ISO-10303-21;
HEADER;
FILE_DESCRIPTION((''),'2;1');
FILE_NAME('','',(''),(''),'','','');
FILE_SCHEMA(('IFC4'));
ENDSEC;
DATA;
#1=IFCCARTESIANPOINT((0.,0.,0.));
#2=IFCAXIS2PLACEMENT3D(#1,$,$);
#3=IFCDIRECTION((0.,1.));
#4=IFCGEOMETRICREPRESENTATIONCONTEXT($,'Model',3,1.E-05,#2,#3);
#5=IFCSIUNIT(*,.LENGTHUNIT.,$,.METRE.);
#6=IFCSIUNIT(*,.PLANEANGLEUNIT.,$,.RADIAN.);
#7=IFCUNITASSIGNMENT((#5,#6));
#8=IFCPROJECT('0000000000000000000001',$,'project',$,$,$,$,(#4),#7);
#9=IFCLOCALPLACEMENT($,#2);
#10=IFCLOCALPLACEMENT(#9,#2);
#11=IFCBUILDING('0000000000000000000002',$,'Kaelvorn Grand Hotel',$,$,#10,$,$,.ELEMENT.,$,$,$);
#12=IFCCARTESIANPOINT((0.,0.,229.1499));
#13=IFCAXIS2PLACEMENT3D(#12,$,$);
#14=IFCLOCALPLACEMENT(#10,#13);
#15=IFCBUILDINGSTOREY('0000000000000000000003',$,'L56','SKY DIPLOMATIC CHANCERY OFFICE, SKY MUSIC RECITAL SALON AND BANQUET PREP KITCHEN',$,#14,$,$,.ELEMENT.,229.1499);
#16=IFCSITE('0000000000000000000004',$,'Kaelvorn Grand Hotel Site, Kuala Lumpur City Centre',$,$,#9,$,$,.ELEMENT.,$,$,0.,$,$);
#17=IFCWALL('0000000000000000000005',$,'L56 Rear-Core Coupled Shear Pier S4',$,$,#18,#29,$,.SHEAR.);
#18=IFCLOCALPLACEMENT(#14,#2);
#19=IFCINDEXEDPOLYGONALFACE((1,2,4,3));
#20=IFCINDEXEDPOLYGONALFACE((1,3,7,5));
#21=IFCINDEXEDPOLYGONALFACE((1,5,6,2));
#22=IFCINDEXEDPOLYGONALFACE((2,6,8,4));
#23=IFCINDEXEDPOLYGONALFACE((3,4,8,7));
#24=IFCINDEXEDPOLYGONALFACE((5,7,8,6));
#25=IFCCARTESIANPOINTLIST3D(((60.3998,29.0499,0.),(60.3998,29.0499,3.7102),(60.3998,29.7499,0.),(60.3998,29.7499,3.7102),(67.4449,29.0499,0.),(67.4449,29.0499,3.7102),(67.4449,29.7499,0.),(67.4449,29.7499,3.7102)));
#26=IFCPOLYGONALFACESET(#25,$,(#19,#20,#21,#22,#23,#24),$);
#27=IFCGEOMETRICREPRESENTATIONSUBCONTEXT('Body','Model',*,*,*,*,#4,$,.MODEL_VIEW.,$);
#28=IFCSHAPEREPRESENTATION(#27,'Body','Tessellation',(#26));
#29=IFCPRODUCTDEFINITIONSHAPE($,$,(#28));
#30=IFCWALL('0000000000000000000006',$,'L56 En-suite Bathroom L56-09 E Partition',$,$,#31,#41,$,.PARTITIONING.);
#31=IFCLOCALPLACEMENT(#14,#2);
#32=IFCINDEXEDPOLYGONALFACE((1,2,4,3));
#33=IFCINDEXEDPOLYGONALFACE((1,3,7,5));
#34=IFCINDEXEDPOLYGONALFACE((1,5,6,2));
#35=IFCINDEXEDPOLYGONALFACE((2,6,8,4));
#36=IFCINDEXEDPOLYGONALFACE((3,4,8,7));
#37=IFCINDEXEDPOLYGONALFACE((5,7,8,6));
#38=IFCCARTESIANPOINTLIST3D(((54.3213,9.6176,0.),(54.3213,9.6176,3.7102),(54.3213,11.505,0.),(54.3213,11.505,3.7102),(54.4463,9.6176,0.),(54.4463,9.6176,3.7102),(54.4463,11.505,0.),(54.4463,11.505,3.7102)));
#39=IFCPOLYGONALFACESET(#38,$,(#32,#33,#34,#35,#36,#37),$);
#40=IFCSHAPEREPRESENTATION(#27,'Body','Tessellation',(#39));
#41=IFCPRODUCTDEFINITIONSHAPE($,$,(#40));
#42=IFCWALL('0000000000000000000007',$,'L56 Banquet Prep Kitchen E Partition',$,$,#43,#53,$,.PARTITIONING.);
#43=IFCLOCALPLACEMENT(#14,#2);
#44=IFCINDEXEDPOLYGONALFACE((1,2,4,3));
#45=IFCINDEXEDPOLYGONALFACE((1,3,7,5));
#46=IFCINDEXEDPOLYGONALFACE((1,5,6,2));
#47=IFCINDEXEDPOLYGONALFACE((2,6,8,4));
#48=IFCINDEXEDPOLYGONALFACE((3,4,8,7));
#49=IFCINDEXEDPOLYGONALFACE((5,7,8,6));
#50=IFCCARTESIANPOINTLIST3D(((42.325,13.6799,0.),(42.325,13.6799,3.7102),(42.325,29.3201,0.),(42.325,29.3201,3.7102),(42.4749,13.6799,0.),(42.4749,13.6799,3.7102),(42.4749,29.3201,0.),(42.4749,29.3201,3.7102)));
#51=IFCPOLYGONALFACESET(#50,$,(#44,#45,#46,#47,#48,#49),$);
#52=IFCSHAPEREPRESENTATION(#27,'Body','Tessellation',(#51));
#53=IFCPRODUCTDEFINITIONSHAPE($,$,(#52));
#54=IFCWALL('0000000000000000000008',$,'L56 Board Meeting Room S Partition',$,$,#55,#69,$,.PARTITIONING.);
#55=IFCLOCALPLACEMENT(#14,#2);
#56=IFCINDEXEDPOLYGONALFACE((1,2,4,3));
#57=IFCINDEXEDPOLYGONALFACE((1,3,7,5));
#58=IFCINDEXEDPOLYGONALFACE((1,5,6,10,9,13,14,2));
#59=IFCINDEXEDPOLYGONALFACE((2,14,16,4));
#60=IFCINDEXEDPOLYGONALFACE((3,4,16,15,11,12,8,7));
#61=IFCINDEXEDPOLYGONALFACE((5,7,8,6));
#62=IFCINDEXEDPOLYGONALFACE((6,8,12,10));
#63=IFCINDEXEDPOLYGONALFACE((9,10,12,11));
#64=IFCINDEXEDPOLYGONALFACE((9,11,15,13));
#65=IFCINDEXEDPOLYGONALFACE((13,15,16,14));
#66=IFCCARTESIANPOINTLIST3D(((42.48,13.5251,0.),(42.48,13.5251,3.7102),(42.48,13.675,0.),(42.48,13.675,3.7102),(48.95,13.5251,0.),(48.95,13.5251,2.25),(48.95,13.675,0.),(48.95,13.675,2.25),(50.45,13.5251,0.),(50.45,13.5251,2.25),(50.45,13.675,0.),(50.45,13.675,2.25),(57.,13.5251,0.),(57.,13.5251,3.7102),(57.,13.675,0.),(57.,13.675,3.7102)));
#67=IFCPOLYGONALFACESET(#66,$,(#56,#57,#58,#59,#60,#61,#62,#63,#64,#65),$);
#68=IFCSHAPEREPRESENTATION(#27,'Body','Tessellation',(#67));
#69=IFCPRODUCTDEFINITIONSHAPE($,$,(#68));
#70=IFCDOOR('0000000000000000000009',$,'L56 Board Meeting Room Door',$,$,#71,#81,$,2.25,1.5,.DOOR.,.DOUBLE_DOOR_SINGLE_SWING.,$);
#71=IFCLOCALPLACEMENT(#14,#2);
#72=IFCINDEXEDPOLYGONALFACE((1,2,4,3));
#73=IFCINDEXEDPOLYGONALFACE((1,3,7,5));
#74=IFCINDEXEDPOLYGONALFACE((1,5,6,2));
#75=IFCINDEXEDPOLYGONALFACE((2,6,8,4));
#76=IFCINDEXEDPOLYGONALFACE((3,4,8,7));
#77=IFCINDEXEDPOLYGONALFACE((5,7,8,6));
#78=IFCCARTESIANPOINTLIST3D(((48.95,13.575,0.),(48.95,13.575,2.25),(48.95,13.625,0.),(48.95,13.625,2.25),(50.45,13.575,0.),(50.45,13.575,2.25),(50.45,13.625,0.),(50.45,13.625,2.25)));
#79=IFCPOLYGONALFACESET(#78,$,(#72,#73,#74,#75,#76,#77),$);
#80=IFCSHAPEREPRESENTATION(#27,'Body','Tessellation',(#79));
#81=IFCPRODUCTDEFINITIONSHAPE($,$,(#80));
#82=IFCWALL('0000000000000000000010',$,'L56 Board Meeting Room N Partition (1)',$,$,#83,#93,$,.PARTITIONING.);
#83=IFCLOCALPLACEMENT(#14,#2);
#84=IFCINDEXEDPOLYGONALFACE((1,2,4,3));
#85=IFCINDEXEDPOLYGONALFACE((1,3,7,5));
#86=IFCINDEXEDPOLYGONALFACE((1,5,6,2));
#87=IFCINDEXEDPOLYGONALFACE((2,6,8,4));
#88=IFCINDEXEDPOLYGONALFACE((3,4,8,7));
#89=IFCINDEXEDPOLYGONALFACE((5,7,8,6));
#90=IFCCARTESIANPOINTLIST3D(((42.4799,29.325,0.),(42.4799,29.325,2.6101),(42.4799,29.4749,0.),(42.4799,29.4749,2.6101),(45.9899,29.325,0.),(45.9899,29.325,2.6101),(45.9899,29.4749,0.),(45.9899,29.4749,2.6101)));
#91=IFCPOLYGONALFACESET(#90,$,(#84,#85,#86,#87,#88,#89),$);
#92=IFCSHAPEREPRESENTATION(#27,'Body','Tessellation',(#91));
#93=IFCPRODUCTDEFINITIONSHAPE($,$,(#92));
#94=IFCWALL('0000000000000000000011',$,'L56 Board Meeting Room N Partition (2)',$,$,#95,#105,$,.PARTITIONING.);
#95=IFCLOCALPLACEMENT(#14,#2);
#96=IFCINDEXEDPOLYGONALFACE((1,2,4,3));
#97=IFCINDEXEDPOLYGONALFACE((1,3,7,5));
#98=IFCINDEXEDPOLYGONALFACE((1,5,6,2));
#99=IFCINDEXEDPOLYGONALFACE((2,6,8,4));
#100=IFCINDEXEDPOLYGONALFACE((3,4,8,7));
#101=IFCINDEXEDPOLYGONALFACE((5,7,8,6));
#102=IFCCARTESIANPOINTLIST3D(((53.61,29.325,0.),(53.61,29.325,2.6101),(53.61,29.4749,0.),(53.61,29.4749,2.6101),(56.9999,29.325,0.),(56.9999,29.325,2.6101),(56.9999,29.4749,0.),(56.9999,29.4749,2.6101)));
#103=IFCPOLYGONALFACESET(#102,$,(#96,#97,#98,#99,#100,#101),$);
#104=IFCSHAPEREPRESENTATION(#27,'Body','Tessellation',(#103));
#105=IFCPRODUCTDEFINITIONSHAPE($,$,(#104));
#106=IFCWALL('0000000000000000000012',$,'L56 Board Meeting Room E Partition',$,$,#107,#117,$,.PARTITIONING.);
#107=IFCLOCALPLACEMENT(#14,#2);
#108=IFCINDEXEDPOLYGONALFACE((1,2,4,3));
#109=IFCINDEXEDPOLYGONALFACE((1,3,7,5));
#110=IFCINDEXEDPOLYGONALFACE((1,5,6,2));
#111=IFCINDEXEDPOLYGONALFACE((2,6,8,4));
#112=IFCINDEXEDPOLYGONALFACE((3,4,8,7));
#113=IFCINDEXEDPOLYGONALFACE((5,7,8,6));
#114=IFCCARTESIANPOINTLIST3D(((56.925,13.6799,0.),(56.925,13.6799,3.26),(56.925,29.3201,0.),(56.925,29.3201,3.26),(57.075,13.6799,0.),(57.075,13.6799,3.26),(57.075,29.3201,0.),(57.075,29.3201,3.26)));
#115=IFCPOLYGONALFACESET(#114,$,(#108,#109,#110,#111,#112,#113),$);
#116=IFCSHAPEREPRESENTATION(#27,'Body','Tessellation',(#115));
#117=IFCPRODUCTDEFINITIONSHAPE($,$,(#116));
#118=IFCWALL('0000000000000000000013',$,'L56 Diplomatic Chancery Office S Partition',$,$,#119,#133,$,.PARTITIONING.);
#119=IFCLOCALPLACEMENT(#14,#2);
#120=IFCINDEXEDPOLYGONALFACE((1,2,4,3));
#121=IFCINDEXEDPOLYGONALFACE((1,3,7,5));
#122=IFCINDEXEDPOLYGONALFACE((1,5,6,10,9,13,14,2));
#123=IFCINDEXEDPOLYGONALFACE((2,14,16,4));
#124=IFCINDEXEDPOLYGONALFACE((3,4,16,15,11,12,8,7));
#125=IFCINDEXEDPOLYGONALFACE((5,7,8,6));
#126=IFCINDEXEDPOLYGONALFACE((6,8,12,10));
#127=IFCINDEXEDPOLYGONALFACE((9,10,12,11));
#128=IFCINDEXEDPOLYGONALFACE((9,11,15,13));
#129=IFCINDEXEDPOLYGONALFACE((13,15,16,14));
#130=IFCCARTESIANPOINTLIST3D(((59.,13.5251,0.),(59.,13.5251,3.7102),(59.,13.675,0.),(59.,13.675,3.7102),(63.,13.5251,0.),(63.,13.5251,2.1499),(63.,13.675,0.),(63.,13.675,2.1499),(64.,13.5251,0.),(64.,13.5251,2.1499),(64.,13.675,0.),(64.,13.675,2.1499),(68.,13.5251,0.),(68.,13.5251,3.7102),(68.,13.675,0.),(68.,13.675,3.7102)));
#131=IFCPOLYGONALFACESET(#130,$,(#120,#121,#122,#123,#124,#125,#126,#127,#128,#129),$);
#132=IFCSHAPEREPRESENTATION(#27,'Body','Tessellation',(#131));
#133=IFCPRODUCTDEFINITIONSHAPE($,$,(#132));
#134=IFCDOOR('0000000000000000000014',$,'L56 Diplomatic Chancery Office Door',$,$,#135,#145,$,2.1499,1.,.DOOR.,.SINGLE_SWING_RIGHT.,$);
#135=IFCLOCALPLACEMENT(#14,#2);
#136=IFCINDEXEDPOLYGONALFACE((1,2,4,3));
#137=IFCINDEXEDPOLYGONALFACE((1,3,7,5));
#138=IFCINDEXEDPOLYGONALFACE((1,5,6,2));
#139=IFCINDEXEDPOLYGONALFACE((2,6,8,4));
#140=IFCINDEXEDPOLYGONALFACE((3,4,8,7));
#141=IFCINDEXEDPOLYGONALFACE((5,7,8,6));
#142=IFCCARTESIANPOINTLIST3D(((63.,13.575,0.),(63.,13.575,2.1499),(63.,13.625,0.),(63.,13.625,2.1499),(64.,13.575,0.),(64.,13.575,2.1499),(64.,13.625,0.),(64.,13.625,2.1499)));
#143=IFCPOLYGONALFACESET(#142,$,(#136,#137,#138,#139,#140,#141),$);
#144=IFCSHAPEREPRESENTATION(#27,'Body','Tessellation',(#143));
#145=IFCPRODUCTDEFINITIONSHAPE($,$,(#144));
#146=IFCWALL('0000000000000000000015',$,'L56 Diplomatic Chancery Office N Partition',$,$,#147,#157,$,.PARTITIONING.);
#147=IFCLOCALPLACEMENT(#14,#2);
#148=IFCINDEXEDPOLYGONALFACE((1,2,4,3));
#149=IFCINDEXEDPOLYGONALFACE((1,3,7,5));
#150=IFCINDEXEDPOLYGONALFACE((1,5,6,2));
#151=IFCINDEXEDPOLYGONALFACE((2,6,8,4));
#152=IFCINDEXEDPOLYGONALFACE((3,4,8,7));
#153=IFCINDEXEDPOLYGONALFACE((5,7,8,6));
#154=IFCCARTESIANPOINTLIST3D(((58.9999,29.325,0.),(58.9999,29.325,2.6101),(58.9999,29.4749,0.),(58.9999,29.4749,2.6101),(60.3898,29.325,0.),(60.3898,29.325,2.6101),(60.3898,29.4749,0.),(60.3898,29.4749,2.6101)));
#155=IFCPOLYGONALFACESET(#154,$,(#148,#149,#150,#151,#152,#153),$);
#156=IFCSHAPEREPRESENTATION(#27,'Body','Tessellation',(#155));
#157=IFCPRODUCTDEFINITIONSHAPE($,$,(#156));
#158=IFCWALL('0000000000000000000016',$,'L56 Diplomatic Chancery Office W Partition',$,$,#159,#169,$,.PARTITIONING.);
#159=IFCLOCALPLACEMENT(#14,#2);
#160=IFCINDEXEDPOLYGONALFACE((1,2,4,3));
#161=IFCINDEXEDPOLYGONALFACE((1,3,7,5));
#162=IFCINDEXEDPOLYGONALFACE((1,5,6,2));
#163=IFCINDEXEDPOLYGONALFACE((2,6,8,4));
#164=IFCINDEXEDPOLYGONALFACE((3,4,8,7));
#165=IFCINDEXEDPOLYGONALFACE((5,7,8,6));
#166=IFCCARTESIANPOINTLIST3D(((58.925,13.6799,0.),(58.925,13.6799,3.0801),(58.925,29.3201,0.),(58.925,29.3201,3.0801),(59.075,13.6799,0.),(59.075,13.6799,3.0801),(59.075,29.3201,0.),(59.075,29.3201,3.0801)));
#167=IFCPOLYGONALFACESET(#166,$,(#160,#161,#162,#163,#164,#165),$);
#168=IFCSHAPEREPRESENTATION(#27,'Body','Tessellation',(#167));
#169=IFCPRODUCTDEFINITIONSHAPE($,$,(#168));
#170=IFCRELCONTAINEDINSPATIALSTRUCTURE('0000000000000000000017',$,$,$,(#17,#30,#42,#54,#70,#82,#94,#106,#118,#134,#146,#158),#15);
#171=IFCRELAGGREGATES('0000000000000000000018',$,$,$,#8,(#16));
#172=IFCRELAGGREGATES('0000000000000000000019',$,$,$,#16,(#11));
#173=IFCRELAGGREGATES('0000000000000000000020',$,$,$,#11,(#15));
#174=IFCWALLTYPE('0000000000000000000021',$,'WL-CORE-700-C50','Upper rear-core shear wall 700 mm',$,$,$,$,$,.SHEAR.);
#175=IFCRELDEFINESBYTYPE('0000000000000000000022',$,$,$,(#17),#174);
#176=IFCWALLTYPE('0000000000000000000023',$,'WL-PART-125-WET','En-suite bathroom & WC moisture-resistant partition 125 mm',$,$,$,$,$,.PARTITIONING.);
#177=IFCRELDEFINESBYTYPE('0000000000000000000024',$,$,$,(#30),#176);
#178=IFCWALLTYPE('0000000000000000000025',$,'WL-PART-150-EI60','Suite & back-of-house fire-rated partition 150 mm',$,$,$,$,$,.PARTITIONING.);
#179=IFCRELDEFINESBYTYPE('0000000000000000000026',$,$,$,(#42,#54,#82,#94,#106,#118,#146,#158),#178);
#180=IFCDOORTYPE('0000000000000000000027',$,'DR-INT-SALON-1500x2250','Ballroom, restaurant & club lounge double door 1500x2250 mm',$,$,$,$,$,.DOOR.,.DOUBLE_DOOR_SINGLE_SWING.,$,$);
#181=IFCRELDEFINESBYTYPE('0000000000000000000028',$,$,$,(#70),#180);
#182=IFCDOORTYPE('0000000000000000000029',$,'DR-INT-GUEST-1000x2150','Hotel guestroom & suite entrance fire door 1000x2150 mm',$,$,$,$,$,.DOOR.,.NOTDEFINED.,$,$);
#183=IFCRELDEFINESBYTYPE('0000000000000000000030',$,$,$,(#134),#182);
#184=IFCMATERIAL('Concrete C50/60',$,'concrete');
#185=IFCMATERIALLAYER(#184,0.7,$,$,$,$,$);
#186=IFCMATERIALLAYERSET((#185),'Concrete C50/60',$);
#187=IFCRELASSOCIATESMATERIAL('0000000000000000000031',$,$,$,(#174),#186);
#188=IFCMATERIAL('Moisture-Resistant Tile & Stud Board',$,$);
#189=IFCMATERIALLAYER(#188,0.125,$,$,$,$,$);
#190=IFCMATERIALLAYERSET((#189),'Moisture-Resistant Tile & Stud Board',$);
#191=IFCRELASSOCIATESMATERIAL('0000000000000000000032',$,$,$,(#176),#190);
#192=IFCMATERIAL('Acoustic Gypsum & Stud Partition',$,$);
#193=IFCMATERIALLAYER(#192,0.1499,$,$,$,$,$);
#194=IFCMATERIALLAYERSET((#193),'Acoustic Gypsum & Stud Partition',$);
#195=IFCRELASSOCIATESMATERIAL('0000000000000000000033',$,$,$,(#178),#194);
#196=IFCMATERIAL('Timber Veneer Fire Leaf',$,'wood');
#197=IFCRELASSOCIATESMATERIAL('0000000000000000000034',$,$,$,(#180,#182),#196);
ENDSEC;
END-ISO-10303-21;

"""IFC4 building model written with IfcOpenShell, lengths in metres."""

from ifc_helpers import new_model, si_unit, direction, frame, frame_2d, origin, place, context, subcontext, project, spatial, rectangle, extrude, material, layer, layer_set, type_object, element, fill, save


model = new_model("IFC4")

# Units and contexts
model_context = context("Model", 3, precision=1e-05, world=origin(), true_north=direction((0.0, 1.0)))
body_context = subcontext(model_context, "Body", "Model", "MODEL_VIEW")
ifc_project = project(units=[si_unit("LENGTHUNIT", "METRE"), si_unit("PLANEANGLEUNIT", "RADIAN")], contexts=[model_context])

# Site, building, storey
site_placement = place(None, origin())
site = spatial("IfcSite", under=ifc_project, at=site_placement, Name="Kaelvorn Grand Hotel Site, Kuala Lumpur City Centre", CompositionType="ELEMENT", RefElevation=0.0)
building_placement = place(site_placement, origin())
building = spatial("IfcBuilding", under=site, at=building_placement, Name="Kaelvorn Grand Hotel", CompositionType="ELEMENT")
storey_placement = place(building_placement, frame((0.0, 0.0, 229.1499)))
storey = spatial("IfcBuildingStorey", under=building, at=storey_placement, Name="L56", Description="SKY DIPLOMATIC CHANCERY OFFICE, SKY MUSIC RECITAL SALON AND BANQUET PREP KITCHEN", CompositionType="ELEMENT", Elevation=229.1499)

# Shared definitions
ifc_material_1 = material(Name="Concrete C50/60", Category="concrete")

# Walls
ifc_layer_1 = layer(ifc_material_1, 0.7)
ifc_layer_set_1 = layer_set([ifc_layer_1], Name="Concrete C50/60")
wall_type_1 = type_object("IfcWallType", Name="WL-CORE-700-C50", Description="Upper rear-core shear wall 700 mm", PredefinedType="SHEAR", material=ifc_layer_set_1)
wall_1_placement = place(storey_placement, frame((60.3999, 29.3999, 0.0), z_axis=(0.0, 0.0, 1.0), x_axis=(1.0, 0.0, 0.0)))
element("IfcWall", 1, at=wall_1_placement, inside=storey, type_object=wall_type_1, Name="L56 Rear-Core Coupled Shear Pier S4", PredefinedType="SHEAR", context=body_context, shape_type="SweptSolid", body=[
    extrude(rectangle(XDim=7.0452, YDim=0.7, at=frame_2d((3.5225, 0.0))), origin(), (0.0, 0.0, 1.0), 3.7102),
])
ifc_material_2 = material(Name="Moisture-Resistant Tile & Stud Board")
ifc_layer_2 = layer(ifc_material_2, 0.125)
ifc_layer_set_2 = layer_set([ifc_layer_2], Name="Moisture-Resistant Tile & Stud Board")
wall_type_2 = type_object("IfcWallType", Name="WL-PART-125-WET", Description="En-suite bathroom & WC moisture-resistant partition 125 mm", PredefinedType="PARTITIONING", material=ifc_layer_set_2)
wall_2_placement = place(storey_placement, frame((54.3838, 9.6174, 0.0), z_axis=(0.0, 0.0, 1.0), x_axis=(0.0, 1.0, 0.0)))
element("IfcWall", 2, at=wall_2_placement, inside=storey, type_object=wall_type_2, Name="L56 En-suite Bathroom L56-09 E Partition", PredefinedType="PARTITIONING", context=body_context, shape_type="SweptSolid", body=[
    extrude(rectangle(XDim=1.8875, YDim=0.125, at=frame_2d((0.9438, 0.0))), origin(), (0.0, 0.0, 1.0), 3.7102),
])
ifc_material_3 = material(Name="Acoustic Gypsum & Stud Partition")
ifc_layer_3 = layer(ifc_material_3, 0.1499)
ifc_layer_set_3 = layer_set([ifc_layer_3], Name="Acoustic Gypsum & Stud Partition")
wall_type_3 = type_object("IfcWallType", Name="WL-PART-150-EI60", Description="Suite & back-of-house fire-rated partition 150 mm", PredefinedType="PARTITIONING", material=ifc_layer_set_3)
wall_3_placement = place(storey_placement, frame((42.3999, 13.6799, 0.0), z_axis=(0.0, 0.0, 1.0), x_axis=(0.0, 1.0, 0.0)))
element("IfcWall", 3, at=wall_3_placement, inside=storey, type_object=wall_type_3, Name="L56 Banquet Prep Kitchen E Partition", PredefinedType="PARTITIONING", context=body_context, shape_type="SweptSolid", body=[
    extrude(rectangle(XDim=15.6401, YDim=0.1499, at=frame_2d((7.8201, 0.0))), origin(), (0.0, 0.0, 1.0), 3.7102),
])

# Wall, opening, door
wall_4_placement = place(storey_placement, frame((42.48, 13.6001, 0.0), z_axis=(0.0, 0.0, 1.0), x_axis=(1.0, 0.0, 0.0)))
wall_4 = element("IfcWall", 4, at=wall_4_placement, inside=storey, type_object=wall_type_3, Name="L56 Board Meeting Room S Partition", PredefinedType="PARTITIONING", context=body_context, shape_type="SweptSolid", body=[
    extrude(rectangle(XDim=14.52, YDim=0.1499, at=frame_2d((7.26, 0.0))), origin(), (0.0, 0.0, 1.0), 3.7102),
])
opening_1_placement = place(wall_4_placement, frame((6.47, 0.0, 0.0)))
opening_1 = element("IfcOpeningElement", 5, at=opening_1_placement, cuts=wall_4, PredefinedType="OPENING", context=body_context, shape_type="SweptSolid", body=[
    extrude(rectangle(XDim=1.5, YDim=2.25, at=frame_2d((0.75, 1.125))), frame((0.0, 0.085, 0.0), z_axis=(0.0, -1.0, 0.0), x_axis=(1.0, 0.0, 0.0)), (0.0, 0.0, 1.0), 0.1699),
])
ifc_material_4 = material(Name="Timber Veneer Fire Leaf", Category="wood")
door_type_1 = type_object("IfcDoorType", Name="DR-INT-SALON-1500x2250", Description="Ballroom, restaurant & club lounge double door 1500x2250 mm", OperationType="DOUBLE_DOOR_SINGLE_SWING", PredefinedType="DOOR", material=ifc_material_4)
door_1_placement = place(opening_1_placement, origin())
door_1 = element("IfcDoor", 6, at=door_1_placement, inside=storey, type_object=door_type_1, Name="L56 Board Meeting Room Door", OperationType="DOUBLE_DOOR_SINGLE_SWING", OverallHeight=2.25, OverallWidth=1.5, PredefinedType="DOOR", context=body_context, shape_type="SweptSolid", body=[
    extrude(rectangle(XDim=1.5, YDim=2.25, at=frame_2d((0.75, 1.125))), frame((0.0, 0.0249, 0.0), z_axis=(0.0, -1.0, 0.0), x_axis=(1.0, 0.0, 0.0)), (0.0, 0.0, 1.0), 0.05),
])
fill(opening_1, door_1)

# Walls
wall_5_placement = place(storey_placement, frame((42.48, 29.3999, 0.0), z_axis=(0.0, 0.0, 1.0), x_axis=(1.0, 0.0, 0.0)))
element("IfcWall", 7, at=wall_5_placement, inside=storey, type_object=wall_type_3, Name="L56 Board Meeting Room N Partition (1)", PredefinedType="PARTITIONING", context=body_context, shape_type="SweptSolid", body=[
    extrude(rectangle(XDim=3.51, YDim=0.1499, at=frame_2d((1.7549, 0.0))), origin(), (0.0, 0.0, 1.0), 2.6101),
])
wall_6_placement = place(storey_placement, frame((53.6101, 29.3999, 0.0), z_axis=(0.0, 0.0, 1.0), x_axis=(1.0, 0.0, 0.0)))
element("IfcWall", 8, at=wall_6_placement, inside=storey, type_object=wall_type_3, Name="L56 Board Meeting Room N Partition (2)", PredefinedType="PARTITIONING", context=body_context, shape_type="SweptSolid", body=[
    extrude(rectangle(XDim=3.3899, YDim=0.1499, at=frame_2d((1.6948, 0.0))), origin(), (0.0, 0.0, 1.0), 2.6101),
])
wall_7_placement = place(storey_placement, frame((57.0, 13.6799, 0.0), z_axis=(0.0, 0.0, 1.0), x_axis=(0.0, 1.0, 0.0)))
element("IfcWall", 9, at=wall_7_placement, inside=storey, type_object=wall_type_3, Name="L56 Board Meeting Room E Partition", PredefinedType="PARTITIONING", context=body_context, shape_type="SweptSolid", body=[
    extrude(rectangle(XDim=15.6401, YDim=0.1499, at=frame_2d((7.8201, 0.0))), origin(), (0.0, 0.0, 1.0), 3.26),
])

# Wall, opening, door
wall_8_placement = place(storey_placement, frame((59.0, 13.6001, 0.0), z_axis=(0.0, 0.0, 1.0), x_axis=(1.0, 0.0, 0.0)))
wall_8 = element("IfcWall", 10, at=wall_8_placement, inside=storey, type_object=wall_type_3, Name="L56 Diplomatic Chancery Office S Partition", PredefinedType="PARTITIONING", context=body_context, shape_type="SweptSolid", body=[
    extrude(rectangle(XDim=9.0, YDim=0.1499, at=frame_2d((4.5, 0.0))), origin(), (0.0, 0.0, 1.0), 3.7102),
])
opening_2_placement = place(wall_8_placement, frame((4.0, 0.0, 0.0)))
opening_2 = element("IfcOpeningElement", 11, at=opening_2_placement, cuts=wall_8, PredefinedType="OPENING", context=body_context, shape_type="SweptSolid", body=[
    extrude(rectangle(XDim=1.0, YDim=2.1499, at=frame_2d((0.5, 1.075))), frame((0.0, 0.085, 0.0), z_axis=(0.0, -1.0, 0.0), x_axis=(1.0, 0.0, 0.0)), (0.0, 0.0, 1.0), 0.1699),
])
door_type_2 = type_object("IfcDoorType", Name="DR-INT-GUEST-1000x2150", Description="Hotel guestroom & suite entrance fire door 1000x2150 mm", OperationType="NOTDEFINED", PredefinedType="DOOR", material=ifc_material_4)
door_2_placement = place(opening_2_placement, origin())
door_2 = element("IfcDoor", 12, at=door_2_placement, inside=storey, type_object=door_type_2, Name="L56 Diplomatic Chancery Office Door", OperationType="SINGLE_SWING_RIGHT", OverallHeight=2.1499, OverallWidth=1.0, PredefinedType="DOOR", context=body_context, shape_type="SweptSolid", body=[
    extrude(rectangle(XDim=1.0, YDim=2.1499, at=frame_2d((0.5, 1.075))), frame((0.0, 0.0249, 0.0), z_axis=(0.0, -1.0, 0.0), x_axis=(1.0, 0.0, 0.0)), (0.0, 0.0, 1.0), 0.05),
])
fill(opening_2, door_2)

# Walls
wall_9_placement = place(storey_placement, frame((59.0, 29.3999, 0.0), z_axis=(0.0, 0.0, 1.0), x_axis=(1.0, 0.0, 0.0)))
element("IfcWall", 13, at=wall_9_placement, inside=storey, type_object=wall_type_3, Name="L56 Diplomatic Chancery Office N Partition", PredefinedType="PARTITIONING", context=body_context, shape_type="SweptSolid", body=[
    extrude(rectangle(XDim=1.3899, YDim=0.1499, at=frame_2d((0.6948, 0.0))), origin(), (0.0, 0.0, 1.0), 2.6101),
])
wall_10_placement = place(storey_placement, frame((59.0, 13.6799, 0.0), z_axis=(0.0, 0.0, 1.0), x_axis=(0.0, 1.0, 0.0)))
element("IfcWall", 14, at=wall_10_placement, inside=storey, type_object=wall_type_3, Name="L56 Diplomatic Chancery Office W Partition", PredefinedType="PARTITIONING", context=body_context, shape_type="SweptSolid", body=[
    extrude(rectangle(XDim=15.6401, YDim=0.1499, at=frame_2d((7.8201, 0.0))), origin(), (0.0, 0.0, 1.0), 3.0801),
])

save(model, "model.ifc")
